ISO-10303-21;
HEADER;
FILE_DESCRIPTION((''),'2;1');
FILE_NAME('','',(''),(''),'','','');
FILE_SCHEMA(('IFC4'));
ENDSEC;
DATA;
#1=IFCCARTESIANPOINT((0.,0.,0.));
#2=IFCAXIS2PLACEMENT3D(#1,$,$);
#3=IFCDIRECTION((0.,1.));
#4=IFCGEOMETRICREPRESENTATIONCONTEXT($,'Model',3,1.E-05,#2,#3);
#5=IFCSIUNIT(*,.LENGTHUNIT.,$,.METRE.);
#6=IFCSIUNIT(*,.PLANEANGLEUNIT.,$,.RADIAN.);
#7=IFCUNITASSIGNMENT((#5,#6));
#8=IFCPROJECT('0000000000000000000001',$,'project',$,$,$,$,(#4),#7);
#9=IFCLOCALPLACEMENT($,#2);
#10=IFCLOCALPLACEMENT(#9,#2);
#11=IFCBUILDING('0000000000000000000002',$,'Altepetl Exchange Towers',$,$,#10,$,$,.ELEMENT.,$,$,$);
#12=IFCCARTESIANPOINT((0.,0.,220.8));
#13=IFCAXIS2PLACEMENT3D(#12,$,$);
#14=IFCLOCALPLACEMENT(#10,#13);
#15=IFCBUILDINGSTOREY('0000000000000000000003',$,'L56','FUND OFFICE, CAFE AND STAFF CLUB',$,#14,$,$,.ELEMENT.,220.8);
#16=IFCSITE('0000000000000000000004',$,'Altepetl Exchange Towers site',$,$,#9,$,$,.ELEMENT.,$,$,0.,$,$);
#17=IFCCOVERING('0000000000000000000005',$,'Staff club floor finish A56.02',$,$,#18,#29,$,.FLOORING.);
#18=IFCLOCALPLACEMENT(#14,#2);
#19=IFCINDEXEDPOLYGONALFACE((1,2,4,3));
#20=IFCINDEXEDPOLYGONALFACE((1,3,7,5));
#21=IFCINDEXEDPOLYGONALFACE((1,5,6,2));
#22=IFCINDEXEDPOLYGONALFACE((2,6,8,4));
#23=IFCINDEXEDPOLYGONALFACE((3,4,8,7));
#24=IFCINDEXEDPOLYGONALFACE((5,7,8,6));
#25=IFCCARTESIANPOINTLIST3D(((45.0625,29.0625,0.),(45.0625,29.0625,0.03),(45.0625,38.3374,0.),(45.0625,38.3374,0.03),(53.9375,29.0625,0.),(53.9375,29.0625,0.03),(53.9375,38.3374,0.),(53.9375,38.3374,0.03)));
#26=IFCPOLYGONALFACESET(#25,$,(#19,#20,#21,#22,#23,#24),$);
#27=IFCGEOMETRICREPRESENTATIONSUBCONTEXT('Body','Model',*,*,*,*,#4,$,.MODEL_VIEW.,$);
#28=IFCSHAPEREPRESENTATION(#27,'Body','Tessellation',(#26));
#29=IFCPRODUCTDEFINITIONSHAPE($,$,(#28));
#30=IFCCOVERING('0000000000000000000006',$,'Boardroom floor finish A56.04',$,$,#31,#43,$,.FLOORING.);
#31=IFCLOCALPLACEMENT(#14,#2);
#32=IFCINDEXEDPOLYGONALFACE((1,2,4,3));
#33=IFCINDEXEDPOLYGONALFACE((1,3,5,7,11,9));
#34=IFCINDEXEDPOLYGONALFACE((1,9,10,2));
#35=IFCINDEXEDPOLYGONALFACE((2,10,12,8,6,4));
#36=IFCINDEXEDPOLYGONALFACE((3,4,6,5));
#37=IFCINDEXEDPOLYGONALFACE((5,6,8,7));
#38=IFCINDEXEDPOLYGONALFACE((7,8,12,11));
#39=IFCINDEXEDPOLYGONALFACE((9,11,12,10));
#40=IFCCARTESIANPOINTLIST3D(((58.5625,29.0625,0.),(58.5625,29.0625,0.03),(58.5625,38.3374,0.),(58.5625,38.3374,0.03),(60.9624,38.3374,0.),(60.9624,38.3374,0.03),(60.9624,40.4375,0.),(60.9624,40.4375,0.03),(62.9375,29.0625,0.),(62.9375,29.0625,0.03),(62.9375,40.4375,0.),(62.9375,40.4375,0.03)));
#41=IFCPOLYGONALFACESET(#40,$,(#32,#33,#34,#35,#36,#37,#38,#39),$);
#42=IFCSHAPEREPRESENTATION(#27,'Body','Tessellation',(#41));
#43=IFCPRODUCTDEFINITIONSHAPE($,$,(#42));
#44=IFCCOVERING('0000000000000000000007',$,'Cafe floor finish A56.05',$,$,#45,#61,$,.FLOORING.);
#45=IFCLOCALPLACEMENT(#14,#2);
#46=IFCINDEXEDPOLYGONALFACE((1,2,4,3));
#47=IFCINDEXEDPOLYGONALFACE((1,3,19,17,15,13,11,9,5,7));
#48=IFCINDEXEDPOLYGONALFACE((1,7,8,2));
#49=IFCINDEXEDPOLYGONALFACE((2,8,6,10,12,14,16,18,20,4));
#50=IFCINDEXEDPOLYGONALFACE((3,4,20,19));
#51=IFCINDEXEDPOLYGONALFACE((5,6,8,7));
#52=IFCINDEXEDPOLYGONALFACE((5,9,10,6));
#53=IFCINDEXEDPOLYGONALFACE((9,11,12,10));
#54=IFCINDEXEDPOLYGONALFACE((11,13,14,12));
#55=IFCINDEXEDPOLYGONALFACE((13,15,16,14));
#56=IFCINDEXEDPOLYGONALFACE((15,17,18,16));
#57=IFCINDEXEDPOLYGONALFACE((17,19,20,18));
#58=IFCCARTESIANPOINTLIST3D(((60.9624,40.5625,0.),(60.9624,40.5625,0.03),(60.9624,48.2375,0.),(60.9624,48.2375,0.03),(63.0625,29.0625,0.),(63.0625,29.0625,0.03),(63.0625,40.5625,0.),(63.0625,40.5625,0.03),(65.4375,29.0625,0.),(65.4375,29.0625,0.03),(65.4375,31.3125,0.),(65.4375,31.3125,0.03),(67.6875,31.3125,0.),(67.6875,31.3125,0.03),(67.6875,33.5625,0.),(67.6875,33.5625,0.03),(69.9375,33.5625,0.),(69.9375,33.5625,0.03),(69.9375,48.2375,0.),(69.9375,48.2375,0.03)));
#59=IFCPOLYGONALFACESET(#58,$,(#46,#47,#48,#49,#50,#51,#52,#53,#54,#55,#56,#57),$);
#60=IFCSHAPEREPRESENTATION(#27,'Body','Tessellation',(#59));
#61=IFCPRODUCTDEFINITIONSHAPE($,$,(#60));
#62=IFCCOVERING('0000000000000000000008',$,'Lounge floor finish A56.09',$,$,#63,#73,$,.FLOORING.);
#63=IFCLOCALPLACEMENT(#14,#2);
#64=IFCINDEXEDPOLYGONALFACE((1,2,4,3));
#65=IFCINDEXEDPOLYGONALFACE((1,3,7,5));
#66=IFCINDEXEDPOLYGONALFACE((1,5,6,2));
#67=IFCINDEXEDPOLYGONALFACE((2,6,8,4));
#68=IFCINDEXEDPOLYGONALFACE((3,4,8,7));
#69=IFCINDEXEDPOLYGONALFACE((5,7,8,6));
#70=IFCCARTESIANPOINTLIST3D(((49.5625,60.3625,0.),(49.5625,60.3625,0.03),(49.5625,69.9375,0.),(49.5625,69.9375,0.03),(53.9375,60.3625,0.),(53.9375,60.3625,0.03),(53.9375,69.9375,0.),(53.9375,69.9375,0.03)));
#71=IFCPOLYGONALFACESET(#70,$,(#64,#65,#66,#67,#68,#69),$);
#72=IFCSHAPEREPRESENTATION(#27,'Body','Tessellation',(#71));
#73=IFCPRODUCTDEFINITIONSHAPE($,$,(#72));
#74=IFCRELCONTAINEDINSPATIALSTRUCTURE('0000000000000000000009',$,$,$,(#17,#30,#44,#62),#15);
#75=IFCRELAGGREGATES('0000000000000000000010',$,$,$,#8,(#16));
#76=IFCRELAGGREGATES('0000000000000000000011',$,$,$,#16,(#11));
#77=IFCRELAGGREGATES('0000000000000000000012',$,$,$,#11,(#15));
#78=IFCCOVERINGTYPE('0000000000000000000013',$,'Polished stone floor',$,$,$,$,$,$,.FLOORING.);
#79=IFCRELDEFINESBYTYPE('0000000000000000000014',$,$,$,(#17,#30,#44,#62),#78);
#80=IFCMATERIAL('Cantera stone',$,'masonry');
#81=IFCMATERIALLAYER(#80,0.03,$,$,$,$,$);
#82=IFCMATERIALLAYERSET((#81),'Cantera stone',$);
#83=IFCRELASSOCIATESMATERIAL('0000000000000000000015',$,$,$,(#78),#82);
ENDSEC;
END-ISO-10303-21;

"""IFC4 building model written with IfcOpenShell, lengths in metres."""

from ifc_helpers import new_model, si_unit, direction, frame, origin, place, context, subcontext, project, spatial, polyline, outline, extrude, material, layer, layer_set, type_object, element, save


model = new_model("IFC4")

# Units and contexts
model_context = context("Model", 3, precision=1e-05, world=origin(), true_north=direction((0.0, 1.0)))
body_context = subcontext(model_context, "Body", "Model", "MODEL_VIEW")
ifc_project = project(units=[si_unit("LENGTHUNIT", "METRE"), si_unit("PLANEANGLEUNIT", "RADIAN")], contexts=[model_context])

# Site, building, storey
site_placement = place(None, origin())
site = spatial("IfcSite", under=ifc_project, at=site_placement, Name="Altepetl Exchange Towers site", CompositionType="ELEMENT", RefElevation=0.0)
building_placement = place(site_placement, origin())
building = spatial("IfcBuilding", under=site, at=building_placement, Name="Altepetl Exchange Towers", CompositionType="ELEMENT")
storey_placement = place(building_placement, frame((0.0, 0.0, 220.8)))
storey = spatial("IfcBuildingStorey", under=building, at=storey_placement, Name="L56", Description="FUND OFFICE, CAFE AND STAFF CLUB", CompositionType="ELEMENT", Elevation=220.8)

# Coverings
ifc_material_1 = material(Name="Cantera stone", Category="masonry")
ifc_layer_1 = layer(ifc_material_1, 0.03)
ifc_layer_set_1 = layer_set([ifc_layer_1], Name="Cantera stone")
covering_type_1 = type_object("IfcCoveringType", Name="Polished stone floor", PredefinedType="FLOORING", material=ifc_layer_set_1)
covering_1_placement = place(storey_placement, origin())
element("IfcCovering", 1, at=covering_1_placement, inside=storey, type_object=covering_type_1, Name="Staff club floor finish A56.02", PredefinedType="FLOORING", context=body_context, shape_type="SweptSolid", body=[
    extrude(outline(polyline([(53.9375, 29.0625), (53.9375, 38.3374), (45.0625, 38.3374), (45.0625, 29.0625), (53.9375, 29.0625)])), origin(), (0.0, 0.0, 1.0), 0.03),
])
covering_2_placement = place(storey_placement, origin())
element("IfcCovering", 2, at=covering_2_placement, inside=storey, type_object=covering_type_1, Name="Boardroom floor finish A56.04", PredefinedType="FLOORING", context=body_context, shape_type="SweptSolid", body=[
    extrude(outline(polyline([(62.9375, 29.0625), (62.9375, 40.4375), (60.9624, 40.4375), (60.9624, 38.3374), (58.5625, 38.3374), (58.5625, 29.0625), (62.9375, 29.0625)])), origin(), (0.0, 0.0, 1.0), 0.03),
])
covering_3_placement = place(storey_placement, origin())
element("IfcCovering", 3, at=covering_3_placement, inside=storey, type_object=covering_type_1, Name="Cafe floor finish A56.05", PredefinedType="FLOORING", context=body_context, shape_type="SweptSolid", body=[
    extrude(outline(polyline([(67.6875, 31.3125), (67.6875, 33.5625), (69.9375, 33.5625), (69.9375, 48.2375), (60.9624, 48.2375), (60.9624, 40.5625), (63.0625, 40.5625), (63.0625, 29.0625), (65.4375, 29.0625), (65.4375, 31.3125), (67.6875, 31.3125)])), origin(), (0.0, 0.0, 1.0), 0.03),
])
covering_4_placement = place(storey_placement, origin())
element("IfcCovering", 4, at=covering_4_placement, inside=storey, type_object=covering_type_1, Name="Lounge floor finish A56.09", PredefinedType="FLOORING", context=body_context, shape_type="SweptSolid", body=[
    extrude(outline(polyline([(53.9375, 60.3625), (53.9375, 69.9375), (49.5625, 69.9375), (49.5625, 60.3625), (53.9375, 60.3625)])), origin(), (0.0, 0.0, 1.0), 0.03),
])

save(model, "model.ifc")
